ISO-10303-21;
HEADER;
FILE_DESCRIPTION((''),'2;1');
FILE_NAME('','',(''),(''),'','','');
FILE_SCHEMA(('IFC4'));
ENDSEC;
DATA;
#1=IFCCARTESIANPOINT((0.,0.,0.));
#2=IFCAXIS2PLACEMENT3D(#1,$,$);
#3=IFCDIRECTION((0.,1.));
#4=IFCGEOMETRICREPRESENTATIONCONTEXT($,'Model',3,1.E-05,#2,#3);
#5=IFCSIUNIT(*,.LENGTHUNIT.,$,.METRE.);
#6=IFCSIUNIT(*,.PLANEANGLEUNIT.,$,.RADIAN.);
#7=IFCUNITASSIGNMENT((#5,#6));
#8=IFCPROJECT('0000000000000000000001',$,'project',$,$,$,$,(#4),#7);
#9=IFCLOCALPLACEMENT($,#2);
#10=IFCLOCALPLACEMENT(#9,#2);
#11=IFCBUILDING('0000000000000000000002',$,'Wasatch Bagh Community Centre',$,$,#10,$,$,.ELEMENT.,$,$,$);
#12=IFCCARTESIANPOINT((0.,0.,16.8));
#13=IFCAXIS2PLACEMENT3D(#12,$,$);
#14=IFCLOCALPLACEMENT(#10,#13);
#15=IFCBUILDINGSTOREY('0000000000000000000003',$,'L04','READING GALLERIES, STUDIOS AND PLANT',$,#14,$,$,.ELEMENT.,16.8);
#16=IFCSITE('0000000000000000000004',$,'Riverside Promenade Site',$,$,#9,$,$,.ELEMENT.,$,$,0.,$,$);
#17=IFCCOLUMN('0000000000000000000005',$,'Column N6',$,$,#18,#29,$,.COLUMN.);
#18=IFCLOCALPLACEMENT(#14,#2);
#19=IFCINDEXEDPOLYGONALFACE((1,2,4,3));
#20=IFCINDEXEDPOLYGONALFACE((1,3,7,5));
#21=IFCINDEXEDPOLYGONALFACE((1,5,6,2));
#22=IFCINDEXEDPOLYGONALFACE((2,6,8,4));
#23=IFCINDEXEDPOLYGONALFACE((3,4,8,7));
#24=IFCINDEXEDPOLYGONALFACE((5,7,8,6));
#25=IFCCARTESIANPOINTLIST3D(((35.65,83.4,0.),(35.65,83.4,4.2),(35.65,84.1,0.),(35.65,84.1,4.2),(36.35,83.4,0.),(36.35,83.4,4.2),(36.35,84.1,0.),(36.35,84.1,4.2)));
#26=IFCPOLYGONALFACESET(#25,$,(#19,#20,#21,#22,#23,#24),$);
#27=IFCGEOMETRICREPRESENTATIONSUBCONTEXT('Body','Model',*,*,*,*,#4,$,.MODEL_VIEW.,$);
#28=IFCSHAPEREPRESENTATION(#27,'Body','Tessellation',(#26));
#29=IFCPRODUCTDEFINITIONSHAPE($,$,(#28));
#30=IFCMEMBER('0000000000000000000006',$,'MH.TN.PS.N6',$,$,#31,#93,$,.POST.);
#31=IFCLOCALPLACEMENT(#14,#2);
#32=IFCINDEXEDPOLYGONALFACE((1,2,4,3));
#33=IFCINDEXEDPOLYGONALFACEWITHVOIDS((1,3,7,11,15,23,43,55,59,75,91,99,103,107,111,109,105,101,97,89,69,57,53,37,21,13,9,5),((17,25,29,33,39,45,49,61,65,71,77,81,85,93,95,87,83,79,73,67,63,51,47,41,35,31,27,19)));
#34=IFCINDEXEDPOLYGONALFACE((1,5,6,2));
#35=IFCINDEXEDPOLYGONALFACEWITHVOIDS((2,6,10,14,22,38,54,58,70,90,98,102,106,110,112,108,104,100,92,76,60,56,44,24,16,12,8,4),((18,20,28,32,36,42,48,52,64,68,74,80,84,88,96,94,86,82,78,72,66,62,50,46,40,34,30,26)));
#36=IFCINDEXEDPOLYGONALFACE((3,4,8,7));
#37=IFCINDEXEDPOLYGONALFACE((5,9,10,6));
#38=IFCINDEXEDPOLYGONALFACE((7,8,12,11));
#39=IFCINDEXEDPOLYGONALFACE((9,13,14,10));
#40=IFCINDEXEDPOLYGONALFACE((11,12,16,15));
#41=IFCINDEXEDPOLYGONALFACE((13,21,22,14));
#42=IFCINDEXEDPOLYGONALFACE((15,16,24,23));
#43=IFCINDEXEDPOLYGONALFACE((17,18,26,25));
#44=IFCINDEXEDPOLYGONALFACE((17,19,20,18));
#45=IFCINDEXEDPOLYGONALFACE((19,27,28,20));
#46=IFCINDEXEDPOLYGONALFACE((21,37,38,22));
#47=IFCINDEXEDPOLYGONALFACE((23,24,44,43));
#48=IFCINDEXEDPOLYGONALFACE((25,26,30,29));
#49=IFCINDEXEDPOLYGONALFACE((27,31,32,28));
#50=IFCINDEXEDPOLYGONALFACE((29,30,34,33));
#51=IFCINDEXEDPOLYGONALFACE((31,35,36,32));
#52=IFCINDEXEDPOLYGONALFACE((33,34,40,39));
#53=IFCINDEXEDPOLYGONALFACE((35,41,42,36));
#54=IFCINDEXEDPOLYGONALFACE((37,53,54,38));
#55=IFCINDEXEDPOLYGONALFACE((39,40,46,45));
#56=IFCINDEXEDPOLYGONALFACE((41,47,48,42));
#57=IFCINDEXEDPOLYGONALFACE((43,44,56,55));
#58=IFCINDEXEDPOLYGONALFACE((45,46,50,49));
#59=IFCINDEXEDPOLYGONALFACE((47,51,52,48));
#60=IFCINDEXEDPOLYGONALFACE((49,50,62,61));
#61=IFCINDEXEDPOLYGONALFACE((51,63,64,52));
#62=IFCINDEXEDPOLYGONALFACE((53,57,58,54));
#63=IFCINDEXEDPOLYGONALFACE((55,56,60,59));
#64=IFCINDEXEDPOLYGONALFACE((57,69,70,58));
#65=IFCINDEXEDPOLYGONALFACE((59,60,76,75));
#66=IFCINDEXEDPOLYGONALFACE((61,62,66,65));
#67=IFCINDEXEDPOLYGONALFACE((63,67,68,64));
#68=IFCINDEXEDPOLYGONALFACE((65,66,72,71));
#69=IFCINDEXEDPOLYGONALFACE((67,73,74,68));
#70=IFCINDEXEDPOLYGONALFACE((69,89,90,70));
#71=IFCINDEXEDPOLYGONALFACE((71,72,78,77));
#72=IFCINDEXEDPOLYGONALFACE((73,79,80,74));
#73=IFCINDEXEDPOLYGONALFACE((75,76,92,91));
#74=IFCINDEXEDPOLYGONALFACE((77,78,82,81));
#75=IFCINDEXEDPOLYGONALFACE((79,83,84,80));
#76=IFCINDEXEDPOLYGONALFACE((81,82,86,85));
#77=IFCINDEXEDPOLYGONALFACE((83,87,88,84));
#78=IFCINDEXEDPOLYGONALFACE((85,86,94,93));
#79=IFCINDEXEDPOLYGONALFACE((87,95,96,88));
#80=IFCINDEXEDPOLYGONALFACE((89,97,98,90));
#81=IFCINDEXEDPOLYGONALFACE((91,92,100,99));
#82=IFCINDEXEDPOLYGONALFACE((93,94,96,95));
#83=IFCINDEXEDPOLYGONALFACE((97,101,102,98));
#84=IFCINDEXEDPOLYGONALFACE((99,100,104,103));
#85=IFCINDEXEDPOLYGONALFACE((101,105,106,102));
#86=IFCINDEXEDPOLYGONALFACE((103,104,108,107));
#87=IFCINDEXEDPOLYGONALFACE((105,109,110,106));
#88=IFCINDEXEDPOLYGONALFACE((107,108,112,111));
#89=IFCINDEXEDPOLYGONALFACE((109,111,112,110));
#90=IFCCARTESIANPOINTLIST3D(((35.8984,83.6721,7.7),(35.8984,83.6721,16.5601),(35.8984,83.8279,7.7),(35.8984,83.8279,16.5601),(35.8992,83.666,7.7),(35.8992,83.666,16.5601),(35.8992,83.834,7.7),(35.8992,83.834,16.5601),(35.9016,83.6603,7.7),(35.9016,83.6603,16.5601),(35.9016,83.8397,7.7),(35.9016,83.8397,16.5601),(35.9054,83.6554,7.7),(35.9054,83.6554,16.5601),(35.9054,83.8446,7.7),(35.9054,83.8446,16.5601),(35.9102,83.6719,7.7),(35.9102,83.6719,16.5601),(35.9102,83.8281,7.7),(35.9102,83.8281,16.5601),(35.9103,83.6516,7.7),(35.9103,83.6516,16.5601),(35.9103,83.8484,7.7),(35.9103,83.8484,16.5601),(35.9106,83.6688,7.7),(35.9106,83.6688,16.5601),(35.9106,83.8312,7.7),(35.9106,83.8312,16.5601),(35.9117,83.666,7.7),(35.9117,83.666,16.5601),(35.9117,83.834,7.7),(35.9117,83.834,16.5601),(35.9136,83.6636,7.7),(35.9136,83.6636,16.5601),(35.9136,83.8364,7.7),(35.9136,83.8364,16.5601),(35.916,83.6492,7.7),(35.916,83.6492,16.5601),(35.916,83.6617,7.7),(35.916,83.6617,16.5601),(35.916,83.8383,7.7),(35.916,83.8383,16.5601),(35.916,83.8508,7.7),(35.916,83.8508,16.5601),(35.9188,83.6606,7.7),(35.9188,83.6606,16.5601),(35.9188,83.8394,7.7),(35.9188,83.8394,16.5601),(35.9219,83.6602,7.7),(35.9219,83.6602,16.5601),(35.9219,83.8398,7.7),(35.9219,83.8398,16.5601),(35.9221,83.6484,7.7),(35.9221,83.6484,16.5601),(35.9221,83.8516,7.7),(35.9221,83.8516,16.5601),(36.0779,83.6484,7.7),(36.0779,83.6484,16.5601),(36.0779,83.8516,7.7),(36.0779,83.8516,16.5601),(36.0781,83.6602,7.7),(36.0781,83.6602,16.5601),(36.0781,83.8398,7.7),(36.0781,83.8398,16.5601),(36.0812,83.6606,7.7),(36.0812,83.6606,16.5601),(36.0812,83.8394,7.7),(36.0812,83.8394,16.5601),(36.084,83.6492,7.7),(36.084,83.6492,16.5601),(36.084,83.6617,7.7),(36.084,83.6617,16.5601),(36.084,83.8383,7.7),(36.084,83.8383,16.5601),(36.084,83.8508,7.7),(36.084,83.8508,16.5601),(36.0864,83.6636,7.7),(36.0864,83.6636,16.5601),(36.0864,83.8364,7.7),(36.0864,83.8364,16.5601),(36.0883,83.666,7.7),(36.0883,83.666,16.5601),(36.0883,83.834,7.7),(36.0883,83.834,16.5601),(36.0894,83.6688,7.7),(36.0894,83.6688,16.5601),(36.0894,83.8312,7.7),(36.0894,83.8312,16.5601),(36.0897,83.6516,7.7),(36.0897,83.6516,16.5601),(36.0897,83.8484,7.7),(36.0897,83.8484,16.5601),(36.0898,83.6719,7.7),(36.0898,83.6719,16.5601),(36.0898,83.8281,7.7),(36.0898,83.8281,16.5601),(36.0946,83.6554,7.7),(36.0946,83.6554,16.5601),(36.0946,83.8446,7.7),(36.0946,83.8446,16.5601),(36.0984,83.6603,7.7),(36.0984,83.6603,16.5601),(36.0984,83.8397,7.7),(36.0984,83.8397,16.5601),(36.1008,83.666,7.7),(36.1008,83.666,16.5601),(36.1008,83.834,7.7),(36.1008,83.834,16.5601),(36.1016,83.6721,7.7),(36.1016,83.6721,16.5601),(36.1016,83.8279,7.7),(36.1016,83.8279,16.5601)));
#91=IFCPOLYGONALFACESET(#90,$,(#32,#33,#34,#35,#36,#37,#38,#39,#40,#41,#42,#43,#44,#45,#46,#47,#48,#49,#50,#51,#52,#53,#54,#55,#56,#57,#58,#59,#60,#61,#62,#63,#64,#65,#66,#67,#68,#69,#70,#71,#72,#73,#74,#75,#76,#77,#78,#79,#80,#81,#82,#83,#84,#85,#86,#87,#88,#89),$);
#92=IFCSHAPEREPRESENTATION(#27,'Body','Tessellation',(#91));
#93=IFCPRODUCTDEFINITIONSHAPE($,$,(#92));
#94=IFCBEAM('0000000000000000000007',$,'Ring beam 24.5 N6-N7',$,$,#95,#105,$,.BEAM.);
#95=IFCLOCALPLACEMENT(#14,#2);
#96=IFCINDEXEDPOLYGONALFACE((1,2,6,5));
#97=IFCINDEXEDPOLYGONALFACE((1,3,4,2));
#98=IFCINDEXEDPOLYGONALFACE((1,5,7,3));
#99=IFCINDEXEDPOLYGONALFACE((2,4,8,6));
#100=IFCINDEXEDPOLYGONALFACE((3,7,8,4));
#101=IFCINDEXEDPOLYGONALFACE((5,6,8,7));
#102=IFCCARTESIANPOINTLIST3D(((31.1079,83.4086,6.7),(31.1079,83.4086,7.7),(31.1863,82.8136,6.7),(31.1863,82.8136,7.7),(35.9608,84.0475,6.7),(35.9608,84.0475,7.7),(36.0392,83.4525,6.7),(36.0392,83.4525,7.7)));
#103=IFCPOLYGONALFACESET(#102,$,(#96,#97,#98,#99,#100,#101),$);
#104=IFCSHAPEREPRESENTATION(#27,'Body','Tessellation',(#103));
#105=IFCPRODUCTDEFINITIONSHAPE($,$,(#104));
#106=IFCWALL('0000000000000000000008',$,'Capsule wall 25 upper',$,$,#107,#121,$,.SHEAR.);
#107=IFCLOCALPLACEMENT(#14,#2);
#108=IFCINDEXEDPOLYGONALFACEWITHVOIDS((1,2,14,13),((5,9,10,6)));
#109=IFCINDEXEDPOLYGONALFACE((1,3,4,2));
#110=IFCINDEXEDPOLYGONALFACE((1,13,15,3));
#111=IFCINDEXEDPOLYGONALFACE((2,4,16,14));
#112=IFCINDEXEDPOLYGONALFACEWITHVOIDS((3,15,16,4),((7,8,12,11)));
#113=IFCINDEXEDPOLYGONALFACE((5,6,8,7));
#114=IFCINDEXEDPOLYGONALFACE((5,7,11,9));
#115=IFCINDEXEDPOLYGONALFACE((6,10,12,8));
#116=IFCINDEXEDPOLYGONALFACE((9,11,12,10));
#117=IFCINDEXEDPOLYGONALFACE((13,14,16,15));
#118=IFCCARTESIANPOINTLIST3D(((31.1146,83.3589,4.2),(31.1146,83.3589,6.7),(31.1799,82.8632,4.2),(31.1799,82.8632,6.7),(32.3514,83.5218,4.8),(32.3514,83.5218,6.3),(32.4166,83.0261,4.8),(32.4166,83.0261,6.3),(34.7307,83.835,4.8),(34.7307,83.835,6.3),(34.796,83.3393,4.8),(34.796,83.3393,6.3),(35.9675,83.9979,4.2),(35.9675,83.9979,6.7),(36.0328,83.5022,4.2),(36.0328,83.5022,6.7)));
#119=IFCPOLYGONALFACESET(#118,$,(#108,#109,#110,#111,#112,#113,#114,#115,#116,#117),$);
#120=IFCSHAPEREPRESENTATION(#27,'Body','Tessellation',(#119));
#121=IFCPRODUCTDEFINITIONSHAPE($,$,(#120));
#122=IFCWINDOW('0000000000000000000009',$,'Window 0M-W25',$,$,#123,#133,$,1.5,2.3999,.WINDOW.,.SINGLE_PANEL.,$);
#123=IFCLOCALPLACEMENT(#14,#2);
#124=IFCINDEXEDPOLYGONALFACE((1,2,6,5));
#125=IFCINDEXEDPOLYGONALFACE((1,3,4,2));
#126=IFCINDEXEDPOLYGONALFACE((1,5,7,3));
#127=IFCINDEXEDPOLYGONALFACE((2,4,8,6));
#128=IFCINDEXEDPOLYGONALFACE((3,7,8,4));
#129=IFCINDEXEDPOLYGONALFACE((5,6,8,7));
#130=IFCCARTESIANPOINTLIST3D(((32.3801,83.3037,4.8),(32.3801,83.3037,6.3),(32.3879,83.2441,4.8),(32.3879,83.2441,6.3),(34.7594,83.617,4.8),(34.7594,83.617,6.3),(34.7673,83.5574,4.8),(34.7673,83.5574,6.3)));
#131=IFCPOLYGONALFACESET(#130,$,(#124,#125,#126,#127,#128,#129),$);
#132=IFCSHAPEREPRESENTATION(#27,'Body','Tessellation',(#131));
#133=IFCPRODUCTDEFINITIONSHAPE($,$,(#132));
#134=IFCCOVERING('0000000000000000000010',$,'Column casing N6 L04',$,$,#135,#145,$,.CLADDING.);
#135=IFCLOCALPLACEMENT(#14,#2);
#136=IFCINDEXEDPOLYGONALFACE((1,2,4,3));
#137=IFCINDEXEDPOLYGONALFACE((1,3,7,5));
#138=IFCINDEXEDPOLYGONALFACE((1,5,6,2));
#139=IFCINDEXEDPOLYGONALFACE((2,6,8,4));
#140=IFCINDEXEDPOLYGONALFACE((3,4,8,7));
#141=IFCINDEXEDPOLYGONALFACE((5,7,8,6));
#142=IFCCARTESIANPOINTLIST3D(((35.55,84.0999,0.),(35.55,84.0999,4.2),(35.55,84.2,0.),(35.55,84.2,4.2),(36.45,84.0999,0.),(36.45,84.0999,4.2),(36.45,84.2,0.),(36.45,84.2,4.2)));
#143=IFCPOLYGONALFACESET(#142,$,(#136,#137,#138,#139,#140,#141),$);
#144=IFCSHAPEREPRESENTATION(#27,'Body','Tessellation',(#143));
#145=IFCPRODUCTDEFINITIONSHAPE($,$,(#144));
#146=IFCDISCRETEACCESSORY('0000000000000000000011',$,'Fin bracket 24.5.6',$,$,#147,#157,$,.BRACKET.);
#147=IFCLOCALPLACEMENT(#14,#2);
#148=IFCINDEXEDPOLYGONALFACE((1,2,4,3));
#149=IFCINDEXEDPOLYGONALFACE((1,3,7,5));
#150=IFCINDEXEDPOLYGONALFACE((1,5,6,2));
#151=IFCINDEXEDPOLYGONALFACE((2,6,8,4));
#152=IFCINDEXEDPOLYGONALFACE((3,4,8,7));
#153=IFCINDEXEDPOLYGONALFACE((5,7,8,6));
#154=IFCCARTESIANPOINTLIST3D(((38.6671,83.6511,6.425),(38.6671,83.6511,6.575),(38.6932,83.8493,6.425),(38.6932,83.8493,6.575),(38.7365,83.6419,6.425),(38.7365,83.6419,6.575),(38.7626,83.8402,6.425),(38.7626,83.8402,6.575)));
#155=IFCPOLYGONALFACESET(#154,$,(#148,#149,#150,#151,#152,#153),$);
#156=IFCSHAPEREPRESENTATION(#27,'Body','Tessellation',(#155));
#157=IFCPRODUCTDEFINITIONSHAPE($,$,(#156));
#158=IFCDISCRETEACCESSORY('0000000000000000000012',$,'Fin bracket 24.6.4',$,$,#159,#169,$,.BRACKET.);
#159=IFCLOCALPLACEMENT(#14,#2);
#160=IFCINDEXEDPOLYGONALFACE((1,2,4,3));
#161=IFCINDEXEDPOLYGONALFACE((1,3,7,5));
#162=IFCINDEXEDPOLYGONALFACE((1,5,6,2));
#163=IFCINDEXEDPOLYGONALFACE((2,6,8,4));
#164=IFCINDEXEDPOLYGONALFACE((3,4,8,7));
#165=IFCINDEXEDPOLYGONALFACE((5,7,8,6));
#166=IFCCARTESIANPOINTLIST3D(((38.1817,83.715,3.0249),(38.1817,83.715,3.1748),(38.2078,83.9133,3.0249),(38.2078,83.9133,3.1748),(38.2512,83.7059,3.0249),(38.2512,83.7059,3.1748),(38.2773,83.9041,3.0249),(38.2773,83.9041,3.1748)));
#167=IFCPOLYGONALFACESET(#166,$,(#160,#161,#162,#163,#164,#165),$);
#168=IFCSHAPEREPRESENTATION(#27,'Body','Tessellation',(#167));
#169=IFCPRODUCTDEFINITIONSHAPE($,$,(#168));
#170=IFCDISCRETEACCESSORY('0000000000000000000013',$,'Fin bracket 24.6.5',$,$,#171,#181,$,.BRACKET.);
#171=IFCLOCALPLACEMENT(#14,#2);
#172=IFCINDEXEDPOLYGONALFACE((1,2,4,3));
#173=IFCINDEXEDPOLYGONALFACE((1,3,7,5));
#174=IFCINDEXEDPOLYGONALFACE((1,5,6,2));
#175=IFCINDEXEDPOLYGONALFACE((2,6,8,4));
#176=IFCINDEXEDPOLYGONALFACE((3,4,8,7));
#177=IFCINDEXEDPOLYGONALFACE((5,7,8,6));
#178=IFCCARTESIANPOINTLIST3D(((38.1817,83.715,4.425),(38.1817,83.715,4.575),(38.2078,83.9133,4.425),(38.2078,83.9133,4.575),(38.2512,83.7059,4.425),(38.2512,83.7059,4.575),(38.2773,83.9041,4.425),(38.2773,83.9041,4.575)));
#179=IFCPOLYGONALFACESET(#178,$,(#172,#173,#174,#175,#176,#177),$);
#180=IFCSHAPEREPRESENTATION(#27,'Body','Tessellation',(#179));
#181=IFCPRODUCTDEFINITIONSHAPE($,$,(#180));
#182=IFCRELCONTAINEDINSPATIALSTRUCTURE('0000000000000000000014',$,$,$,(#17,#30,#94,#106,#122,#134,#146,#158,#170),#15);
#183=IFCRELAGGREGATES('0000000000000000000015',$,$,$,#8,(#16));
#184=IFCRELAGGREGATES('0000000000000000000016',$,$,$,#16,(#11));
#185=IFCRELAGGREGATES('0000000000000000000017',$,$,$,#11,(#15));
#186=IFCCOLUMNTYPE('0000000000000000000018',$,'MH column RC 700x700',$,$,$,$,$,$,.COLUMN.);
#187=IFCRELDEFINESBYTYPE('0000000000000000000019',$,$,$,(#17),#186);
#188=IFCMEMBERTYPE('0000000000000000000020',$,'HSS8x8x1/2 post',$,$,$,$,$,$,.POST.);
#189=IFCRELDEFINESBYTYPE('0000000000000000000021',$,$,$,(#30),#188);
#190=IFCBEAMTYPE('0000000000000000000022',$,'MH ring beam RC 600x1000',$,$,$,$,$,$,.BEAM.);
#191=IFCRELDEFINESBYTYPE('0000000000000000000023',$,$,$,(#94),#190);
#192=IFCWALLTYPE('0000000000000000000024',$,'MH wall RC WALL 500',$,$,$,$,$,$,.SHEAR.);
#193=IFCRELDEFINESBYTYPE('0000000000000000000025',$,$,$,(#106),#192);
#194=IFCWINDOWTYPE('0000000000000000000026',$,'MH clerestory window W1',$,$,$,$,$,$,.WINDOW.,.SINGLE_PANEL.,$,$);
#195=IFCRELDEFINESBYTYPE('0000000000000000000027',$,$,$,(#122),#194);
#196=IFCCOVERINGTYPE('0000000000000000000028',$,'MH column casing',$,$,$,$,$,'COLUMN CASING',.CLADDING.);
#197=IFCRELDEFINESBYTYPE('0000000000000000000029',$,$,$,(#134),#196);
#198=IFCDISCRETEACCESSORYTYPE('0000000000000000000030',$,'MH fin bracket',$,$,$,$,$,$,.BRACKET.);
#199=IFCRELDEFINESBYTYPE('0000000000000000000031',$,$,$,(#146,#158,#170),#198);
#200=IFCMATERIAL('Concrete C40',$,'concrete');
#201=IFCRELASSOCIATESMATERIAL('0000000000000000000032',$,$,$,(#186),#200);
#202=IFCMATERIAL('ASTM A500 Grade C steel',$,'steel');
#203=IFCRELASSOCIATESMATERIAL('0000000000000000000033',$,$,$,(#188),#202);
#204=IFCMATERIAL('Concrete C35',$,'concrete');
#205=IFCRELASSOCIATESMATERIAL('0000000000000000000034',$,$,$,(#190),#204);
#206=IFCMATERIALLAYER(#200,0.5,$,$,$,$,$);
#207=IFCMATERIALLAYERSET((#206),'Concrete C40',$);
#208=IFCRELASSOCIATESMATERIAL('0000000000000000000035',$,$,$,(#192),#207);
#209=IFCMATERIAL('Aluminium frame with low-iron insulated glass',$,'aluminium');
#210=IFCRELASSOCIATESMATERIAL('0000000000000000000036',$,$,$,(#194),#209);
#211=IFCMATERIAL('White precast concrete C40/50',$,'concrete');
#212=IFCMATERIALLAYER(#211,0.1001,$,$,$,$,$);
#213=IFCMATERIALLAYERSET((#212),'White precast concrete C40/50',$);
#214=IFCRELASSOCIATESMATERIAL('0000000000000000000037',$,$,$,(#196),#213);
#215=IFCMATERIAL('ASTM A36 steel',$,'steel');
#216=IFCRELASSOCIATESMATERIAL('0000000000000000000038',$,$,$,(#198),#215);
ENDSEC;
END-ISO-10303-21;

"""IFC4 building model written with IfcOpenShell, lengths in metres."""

from ifc_helpers import new_model, si_unit, direction, frame, frame_2d, origin, origin_2d, place, context, subcontext, project, spatial, rectangle, hollow_rectangle, extrude, material, layer, layer_set, material_profile, profile_set, type_object, element, fill, save


model = new_model("IFC4")

# Units and contexts
model_context = context("Model", 3, precision=1e-05, world=origin(), true_north=direction((0.0, 1.0)))
body_context = subcontext(model_context, "Body", "Model", "MODEL_VIEW")
ifc_project = project(units=[si_unit("LENGTHUNIT", "METRE"), si_unit("PLANEANGLEUNIT", "RADIAN")], contexts=[model_context])

# Site, building, storey
site_placement = place(None, origin())
site = spatial("IfcSite", under=ifc_project, at=site_placement, Name="Riverside Promenade Site", CompositionType="ELEMENT", RefElevation=0.0)
building_placement = place(site_placement, origin())
building = spatial("IfcBuilding", under=site, at=building_placement, Name="Wasatch Bagh Community Centre", CompositionType="ELEMENT")
storey_placement = place(building_placement, frame((0.0, 0.0, 16.8)))
storey = spatial("IfcBuildingStorey", under=building, at=storey_placement, Name="L04", Description="READING GALLERIES, STUDIOS AND PLANT", CompositionType="ELEMENT", Elevation=16.8)

# Column
ifc_material_1 = material(Name="Concrete C40", Category="concrete")
ifc_material_profile_1 = material_profile(ifc_material_1, rectangle(XDim=0.7, YDim=0.7, at=origin_2d()), Name="RC 700x700")
ifc_profile_set_1 = profile_set([ifc_material_profile_1], Name="Concrete C40")
column_type = type_object("IfcColumnType", Name="MH column RC 700x700", PredefinedType="COLUMN", material=ifc_profile_set_1)
column_placement = place(storey_placement, frame((36.0, 83.75, 0.0), z_axis=(0.0, 0.0, 1.0), x_axis=(1.0, 0.0, 0.0)))
element("IfcColumn", 1, at=column_placement, inside=storey, type_object=column_type, Name="Column N6", PredefinedType="COLUMN", context=body_context, shape_type="SweptSolid", body=[
    extrude(rectangle(XDim=0.7, YDim=0.7, at=origin_2d()), origin(), (0.0, 0.0, 1.0), 4.2),
])

# Member
ifc_material_2 = material(Name="ASTM A500 Grade C steel", Category="steel")
ifc_material_profile_2 = material_profile(ifc_material_2, hollow_rectangle(XDim=0.2031, YDim=0.2031, WallThickness=0.0117, InnerFilletRadius=0.0117, OuterFilletRadius=0.0237, at=origin_2d()), Name="HSS8x8x1/2")
ifc_profile_set_2 = profile_set([ifc_material_profile_2], Name="ASTM A500 Grade C steel")
member_type = type_object("IfcMemberType", Name="HSS8x8x1/2 post", PredefinedType="POST", material=ifc_profile_set_2)
member_placement = place(storey_placement, frame((36.0, 83.75, 7.7), z_axis=(0.0, 0.0, 1.0), x_axis=(1.0, 0.0, 0.0)))
element("IfcMember", 2, at=member_placement, inside=storey, type_object=member_type, Name="MH.TN.PS.N6", PredefinedType="POST", context=body_context, shape_type="SweptSolid", body=[
    extrude(hollow_rectangle(XDim=0.2031, YDim=0.2031, WallThickness=0.0117, InnerFilletRadius=0.0117, OuterFilletRadius=0.0237, at=origin_2d()), origin(), (0.0, 0.0, 1.0), 8.8601),
])

# Beam
ifc_material_3 = material(Name="Concrete C35", Category="concrete")
ifc_material_profile_3 = material_profile(ifc_material_3, rectangle(XDim=0.6001, YDim=1.0, at=origin_2d()), Name="RC 600x1000")
ifc_profile_set_3 = profile_set([ifc_material_profile_3], Name="Concrete C35")
beam_type = type_object("IfcBeamType", Name="MH ring beam RC 600x1000", PredefinedType="BEAM", material=ifc_profile_set_3)
beam_placement = place(storey_placement, frame((36.0, 83.75, 7.2), z_axis=(-0.991444, -0.130533, 0.0), x_axis=(0.130533, -0.991444, 0.0)))
element("IfcBeam", 3, at=beam_placement, inside=storey, type_object=beam_type, Name="Ring beam 24.5 N6-N7", PredefinedType="BEAM", context=body_context, shape_type="SweptSolid", body=[
    extrude(rectangle(XDim=0.6001, YDim=1.0, at=origin_2d()), origin(), (0.0, 0.0, 1.0), 4.8948),
])

# Wall, opening, window
ifc_layer_1 = layer(ifc_material_1, 0.5)
ifc_layer_set_1 = layer_set([ifc_layer_1], Name="Concrete C40")
wall_type = type_object("IfcWallType", Name="MH wall RC WALL 500", PredefinedType="SHEAR", material=ifc_layer_set_1)
wall_placement = place(storey_placement, frame((36.0, 83.75, 4.2), z_axis=(0.0, 0.0, 1.0), x_axis=(-0.991444, -0.130533, 0.0)))
wall = element("IfcWall", 4, at=wall_placement, inside=storey, type_object=wall_type, Name="Capsule wall 25 upper", PredefinedType="SHEAR", context=body_context, shape_type="SweptSolid", body=[
    extrude(rectangle(XDim=4.8948, YDim=0.5, at=frame_2d((2.4473, 0.0))), origin(), (0.0, 0.0, 1.0), 2.5),
])
opening_placement = place(wall_placement, frame((1.2473, 0.0, 0.6001)))
opening = element("IfcOpeningElement", 5, at=opening_placement, cuts=wall, PredefinedType="OPENING", context=body_context, shape_type="SweptSolid", body=[
    extrude(rectangle(XDim=2.3999, YDim=1.5, at=frame_2d((1.2, 0.75))), frame((0.0, 0.26, 0.0), z_axis=(0.0, -1.0, 0.0), x_axis=(1.0, 0.0, 0.0)), (0.0, 0.0, 1.0), 0.52),
])
ifc_material_4 = material(Name="Aluminium frame with low-iron insulated glass", Category="aluminium")
window_type = type_object("IfcWindowType", Name="MH clerestory window W1", PartitioningType="SINGLE_PANEL", PredefinedType="WINDOW", material=ifc_material_4)
window_placement = place(opening_placement, origin())
window = element("IfcWindow", 6, at=window_placement, inside=storey, type_object=window_type, Name="Window 0M-W25", OverallHeight=1.5, OverallWidth=2.3999, PartitioningType="SINGLE_PANEL", PredefinedType="WINDOW", context=body_context, shape_type="SweptSolid", body=[
    extrude(rectangle(XDim=2.3999, YDim=1.5, at=frame_2d((1.2, 0.75))), frame((0.0, 0.03, 0.0), z_axis=(0.0, -1.0, 0.0), x_axis=(1.0, 0.0, 0.0)), (0.0, 0.0, 1.0), 0.0601),
])
fill(opening, window)

# Covering
ifc_material_5 = material(Name="White precast concrete C40/50", Category="concrete")
ifc_layer_2 = layer(ifc_material_5, 0.1001)
ifc_layer_set_2 = layer_set([ifc_layer_2], Name="White precast concrete C40/50")
covering_type = type_object("IfcCoveringType", Name="MH column casing", ElementType="COLUMN CASING", PredefinedType="CLADDING", material=ifc_layer_set_2)
covering_placement = place(storey_placement, frame((36.0, 84.1499, 0.0), z_axis=(0.0, 0.0, 1.0), x_axis=(-1.0, 0.0, 0.0)))
element("IfcCovering", 7, at=covering_placement, inside=storey, type_object=covering_type, Name="Column casing N6 L04", PredefinedType="CLADDING", context=body_context, shape_type="SweptSolid", body=[
    extrude(rectangle(XDim=0.8999, YDim=0.1001, at=origin_2d()), origin(), (0.0, 0.0, 1.0), 4.2),
])

# Discrete accessories
ifc_material_6 = material(Name="ASTM A36 steel", Category="steel")
discrete_accessory_type = type_object("IfcDiscreteAccessoryType", Name="MH fin bracket", PredefinedType="BRACKET", material=ifc_material_6)
for number, where, z_axis, x_axis, name in (
    (8, (38.7148, 83.7456, 6.425), (0.0, 0.0, 1.0), (-0.991445, 0.130526, 0.0), "Fin bracket 24.5.6"),
    (9, (38.2295, 83.8096, 3.0249), (0.0, 0.0, 1.0), (-0.991445, 0.130526, 0.0), "Fin bracket 24.6.4"),
    (10, (38.2295, 83.8096, 4.425), (0.0, 0.0, 1.0), (-0.991445, 0.130526, 0.0), "Fin bracket 24.6.5"),
):
    element("IfcDiscreteAccessory", number, at=place(storey_placement, frame(where, z_axis=z_axis, x_axis=x_axis)), inside=storey, type_object=discrete_accessory_type, Name=name, PredefinedType="BRACKET", context=body_context, shape_type="SweptSolid", body=[
        extrude(rectangle(XDim=0.0701, YDim=0.2, at=origin_2d()), origin(), (0.0, 0.0, 1.0), 0.1499),
    ])

save(model, "model.ifc")
